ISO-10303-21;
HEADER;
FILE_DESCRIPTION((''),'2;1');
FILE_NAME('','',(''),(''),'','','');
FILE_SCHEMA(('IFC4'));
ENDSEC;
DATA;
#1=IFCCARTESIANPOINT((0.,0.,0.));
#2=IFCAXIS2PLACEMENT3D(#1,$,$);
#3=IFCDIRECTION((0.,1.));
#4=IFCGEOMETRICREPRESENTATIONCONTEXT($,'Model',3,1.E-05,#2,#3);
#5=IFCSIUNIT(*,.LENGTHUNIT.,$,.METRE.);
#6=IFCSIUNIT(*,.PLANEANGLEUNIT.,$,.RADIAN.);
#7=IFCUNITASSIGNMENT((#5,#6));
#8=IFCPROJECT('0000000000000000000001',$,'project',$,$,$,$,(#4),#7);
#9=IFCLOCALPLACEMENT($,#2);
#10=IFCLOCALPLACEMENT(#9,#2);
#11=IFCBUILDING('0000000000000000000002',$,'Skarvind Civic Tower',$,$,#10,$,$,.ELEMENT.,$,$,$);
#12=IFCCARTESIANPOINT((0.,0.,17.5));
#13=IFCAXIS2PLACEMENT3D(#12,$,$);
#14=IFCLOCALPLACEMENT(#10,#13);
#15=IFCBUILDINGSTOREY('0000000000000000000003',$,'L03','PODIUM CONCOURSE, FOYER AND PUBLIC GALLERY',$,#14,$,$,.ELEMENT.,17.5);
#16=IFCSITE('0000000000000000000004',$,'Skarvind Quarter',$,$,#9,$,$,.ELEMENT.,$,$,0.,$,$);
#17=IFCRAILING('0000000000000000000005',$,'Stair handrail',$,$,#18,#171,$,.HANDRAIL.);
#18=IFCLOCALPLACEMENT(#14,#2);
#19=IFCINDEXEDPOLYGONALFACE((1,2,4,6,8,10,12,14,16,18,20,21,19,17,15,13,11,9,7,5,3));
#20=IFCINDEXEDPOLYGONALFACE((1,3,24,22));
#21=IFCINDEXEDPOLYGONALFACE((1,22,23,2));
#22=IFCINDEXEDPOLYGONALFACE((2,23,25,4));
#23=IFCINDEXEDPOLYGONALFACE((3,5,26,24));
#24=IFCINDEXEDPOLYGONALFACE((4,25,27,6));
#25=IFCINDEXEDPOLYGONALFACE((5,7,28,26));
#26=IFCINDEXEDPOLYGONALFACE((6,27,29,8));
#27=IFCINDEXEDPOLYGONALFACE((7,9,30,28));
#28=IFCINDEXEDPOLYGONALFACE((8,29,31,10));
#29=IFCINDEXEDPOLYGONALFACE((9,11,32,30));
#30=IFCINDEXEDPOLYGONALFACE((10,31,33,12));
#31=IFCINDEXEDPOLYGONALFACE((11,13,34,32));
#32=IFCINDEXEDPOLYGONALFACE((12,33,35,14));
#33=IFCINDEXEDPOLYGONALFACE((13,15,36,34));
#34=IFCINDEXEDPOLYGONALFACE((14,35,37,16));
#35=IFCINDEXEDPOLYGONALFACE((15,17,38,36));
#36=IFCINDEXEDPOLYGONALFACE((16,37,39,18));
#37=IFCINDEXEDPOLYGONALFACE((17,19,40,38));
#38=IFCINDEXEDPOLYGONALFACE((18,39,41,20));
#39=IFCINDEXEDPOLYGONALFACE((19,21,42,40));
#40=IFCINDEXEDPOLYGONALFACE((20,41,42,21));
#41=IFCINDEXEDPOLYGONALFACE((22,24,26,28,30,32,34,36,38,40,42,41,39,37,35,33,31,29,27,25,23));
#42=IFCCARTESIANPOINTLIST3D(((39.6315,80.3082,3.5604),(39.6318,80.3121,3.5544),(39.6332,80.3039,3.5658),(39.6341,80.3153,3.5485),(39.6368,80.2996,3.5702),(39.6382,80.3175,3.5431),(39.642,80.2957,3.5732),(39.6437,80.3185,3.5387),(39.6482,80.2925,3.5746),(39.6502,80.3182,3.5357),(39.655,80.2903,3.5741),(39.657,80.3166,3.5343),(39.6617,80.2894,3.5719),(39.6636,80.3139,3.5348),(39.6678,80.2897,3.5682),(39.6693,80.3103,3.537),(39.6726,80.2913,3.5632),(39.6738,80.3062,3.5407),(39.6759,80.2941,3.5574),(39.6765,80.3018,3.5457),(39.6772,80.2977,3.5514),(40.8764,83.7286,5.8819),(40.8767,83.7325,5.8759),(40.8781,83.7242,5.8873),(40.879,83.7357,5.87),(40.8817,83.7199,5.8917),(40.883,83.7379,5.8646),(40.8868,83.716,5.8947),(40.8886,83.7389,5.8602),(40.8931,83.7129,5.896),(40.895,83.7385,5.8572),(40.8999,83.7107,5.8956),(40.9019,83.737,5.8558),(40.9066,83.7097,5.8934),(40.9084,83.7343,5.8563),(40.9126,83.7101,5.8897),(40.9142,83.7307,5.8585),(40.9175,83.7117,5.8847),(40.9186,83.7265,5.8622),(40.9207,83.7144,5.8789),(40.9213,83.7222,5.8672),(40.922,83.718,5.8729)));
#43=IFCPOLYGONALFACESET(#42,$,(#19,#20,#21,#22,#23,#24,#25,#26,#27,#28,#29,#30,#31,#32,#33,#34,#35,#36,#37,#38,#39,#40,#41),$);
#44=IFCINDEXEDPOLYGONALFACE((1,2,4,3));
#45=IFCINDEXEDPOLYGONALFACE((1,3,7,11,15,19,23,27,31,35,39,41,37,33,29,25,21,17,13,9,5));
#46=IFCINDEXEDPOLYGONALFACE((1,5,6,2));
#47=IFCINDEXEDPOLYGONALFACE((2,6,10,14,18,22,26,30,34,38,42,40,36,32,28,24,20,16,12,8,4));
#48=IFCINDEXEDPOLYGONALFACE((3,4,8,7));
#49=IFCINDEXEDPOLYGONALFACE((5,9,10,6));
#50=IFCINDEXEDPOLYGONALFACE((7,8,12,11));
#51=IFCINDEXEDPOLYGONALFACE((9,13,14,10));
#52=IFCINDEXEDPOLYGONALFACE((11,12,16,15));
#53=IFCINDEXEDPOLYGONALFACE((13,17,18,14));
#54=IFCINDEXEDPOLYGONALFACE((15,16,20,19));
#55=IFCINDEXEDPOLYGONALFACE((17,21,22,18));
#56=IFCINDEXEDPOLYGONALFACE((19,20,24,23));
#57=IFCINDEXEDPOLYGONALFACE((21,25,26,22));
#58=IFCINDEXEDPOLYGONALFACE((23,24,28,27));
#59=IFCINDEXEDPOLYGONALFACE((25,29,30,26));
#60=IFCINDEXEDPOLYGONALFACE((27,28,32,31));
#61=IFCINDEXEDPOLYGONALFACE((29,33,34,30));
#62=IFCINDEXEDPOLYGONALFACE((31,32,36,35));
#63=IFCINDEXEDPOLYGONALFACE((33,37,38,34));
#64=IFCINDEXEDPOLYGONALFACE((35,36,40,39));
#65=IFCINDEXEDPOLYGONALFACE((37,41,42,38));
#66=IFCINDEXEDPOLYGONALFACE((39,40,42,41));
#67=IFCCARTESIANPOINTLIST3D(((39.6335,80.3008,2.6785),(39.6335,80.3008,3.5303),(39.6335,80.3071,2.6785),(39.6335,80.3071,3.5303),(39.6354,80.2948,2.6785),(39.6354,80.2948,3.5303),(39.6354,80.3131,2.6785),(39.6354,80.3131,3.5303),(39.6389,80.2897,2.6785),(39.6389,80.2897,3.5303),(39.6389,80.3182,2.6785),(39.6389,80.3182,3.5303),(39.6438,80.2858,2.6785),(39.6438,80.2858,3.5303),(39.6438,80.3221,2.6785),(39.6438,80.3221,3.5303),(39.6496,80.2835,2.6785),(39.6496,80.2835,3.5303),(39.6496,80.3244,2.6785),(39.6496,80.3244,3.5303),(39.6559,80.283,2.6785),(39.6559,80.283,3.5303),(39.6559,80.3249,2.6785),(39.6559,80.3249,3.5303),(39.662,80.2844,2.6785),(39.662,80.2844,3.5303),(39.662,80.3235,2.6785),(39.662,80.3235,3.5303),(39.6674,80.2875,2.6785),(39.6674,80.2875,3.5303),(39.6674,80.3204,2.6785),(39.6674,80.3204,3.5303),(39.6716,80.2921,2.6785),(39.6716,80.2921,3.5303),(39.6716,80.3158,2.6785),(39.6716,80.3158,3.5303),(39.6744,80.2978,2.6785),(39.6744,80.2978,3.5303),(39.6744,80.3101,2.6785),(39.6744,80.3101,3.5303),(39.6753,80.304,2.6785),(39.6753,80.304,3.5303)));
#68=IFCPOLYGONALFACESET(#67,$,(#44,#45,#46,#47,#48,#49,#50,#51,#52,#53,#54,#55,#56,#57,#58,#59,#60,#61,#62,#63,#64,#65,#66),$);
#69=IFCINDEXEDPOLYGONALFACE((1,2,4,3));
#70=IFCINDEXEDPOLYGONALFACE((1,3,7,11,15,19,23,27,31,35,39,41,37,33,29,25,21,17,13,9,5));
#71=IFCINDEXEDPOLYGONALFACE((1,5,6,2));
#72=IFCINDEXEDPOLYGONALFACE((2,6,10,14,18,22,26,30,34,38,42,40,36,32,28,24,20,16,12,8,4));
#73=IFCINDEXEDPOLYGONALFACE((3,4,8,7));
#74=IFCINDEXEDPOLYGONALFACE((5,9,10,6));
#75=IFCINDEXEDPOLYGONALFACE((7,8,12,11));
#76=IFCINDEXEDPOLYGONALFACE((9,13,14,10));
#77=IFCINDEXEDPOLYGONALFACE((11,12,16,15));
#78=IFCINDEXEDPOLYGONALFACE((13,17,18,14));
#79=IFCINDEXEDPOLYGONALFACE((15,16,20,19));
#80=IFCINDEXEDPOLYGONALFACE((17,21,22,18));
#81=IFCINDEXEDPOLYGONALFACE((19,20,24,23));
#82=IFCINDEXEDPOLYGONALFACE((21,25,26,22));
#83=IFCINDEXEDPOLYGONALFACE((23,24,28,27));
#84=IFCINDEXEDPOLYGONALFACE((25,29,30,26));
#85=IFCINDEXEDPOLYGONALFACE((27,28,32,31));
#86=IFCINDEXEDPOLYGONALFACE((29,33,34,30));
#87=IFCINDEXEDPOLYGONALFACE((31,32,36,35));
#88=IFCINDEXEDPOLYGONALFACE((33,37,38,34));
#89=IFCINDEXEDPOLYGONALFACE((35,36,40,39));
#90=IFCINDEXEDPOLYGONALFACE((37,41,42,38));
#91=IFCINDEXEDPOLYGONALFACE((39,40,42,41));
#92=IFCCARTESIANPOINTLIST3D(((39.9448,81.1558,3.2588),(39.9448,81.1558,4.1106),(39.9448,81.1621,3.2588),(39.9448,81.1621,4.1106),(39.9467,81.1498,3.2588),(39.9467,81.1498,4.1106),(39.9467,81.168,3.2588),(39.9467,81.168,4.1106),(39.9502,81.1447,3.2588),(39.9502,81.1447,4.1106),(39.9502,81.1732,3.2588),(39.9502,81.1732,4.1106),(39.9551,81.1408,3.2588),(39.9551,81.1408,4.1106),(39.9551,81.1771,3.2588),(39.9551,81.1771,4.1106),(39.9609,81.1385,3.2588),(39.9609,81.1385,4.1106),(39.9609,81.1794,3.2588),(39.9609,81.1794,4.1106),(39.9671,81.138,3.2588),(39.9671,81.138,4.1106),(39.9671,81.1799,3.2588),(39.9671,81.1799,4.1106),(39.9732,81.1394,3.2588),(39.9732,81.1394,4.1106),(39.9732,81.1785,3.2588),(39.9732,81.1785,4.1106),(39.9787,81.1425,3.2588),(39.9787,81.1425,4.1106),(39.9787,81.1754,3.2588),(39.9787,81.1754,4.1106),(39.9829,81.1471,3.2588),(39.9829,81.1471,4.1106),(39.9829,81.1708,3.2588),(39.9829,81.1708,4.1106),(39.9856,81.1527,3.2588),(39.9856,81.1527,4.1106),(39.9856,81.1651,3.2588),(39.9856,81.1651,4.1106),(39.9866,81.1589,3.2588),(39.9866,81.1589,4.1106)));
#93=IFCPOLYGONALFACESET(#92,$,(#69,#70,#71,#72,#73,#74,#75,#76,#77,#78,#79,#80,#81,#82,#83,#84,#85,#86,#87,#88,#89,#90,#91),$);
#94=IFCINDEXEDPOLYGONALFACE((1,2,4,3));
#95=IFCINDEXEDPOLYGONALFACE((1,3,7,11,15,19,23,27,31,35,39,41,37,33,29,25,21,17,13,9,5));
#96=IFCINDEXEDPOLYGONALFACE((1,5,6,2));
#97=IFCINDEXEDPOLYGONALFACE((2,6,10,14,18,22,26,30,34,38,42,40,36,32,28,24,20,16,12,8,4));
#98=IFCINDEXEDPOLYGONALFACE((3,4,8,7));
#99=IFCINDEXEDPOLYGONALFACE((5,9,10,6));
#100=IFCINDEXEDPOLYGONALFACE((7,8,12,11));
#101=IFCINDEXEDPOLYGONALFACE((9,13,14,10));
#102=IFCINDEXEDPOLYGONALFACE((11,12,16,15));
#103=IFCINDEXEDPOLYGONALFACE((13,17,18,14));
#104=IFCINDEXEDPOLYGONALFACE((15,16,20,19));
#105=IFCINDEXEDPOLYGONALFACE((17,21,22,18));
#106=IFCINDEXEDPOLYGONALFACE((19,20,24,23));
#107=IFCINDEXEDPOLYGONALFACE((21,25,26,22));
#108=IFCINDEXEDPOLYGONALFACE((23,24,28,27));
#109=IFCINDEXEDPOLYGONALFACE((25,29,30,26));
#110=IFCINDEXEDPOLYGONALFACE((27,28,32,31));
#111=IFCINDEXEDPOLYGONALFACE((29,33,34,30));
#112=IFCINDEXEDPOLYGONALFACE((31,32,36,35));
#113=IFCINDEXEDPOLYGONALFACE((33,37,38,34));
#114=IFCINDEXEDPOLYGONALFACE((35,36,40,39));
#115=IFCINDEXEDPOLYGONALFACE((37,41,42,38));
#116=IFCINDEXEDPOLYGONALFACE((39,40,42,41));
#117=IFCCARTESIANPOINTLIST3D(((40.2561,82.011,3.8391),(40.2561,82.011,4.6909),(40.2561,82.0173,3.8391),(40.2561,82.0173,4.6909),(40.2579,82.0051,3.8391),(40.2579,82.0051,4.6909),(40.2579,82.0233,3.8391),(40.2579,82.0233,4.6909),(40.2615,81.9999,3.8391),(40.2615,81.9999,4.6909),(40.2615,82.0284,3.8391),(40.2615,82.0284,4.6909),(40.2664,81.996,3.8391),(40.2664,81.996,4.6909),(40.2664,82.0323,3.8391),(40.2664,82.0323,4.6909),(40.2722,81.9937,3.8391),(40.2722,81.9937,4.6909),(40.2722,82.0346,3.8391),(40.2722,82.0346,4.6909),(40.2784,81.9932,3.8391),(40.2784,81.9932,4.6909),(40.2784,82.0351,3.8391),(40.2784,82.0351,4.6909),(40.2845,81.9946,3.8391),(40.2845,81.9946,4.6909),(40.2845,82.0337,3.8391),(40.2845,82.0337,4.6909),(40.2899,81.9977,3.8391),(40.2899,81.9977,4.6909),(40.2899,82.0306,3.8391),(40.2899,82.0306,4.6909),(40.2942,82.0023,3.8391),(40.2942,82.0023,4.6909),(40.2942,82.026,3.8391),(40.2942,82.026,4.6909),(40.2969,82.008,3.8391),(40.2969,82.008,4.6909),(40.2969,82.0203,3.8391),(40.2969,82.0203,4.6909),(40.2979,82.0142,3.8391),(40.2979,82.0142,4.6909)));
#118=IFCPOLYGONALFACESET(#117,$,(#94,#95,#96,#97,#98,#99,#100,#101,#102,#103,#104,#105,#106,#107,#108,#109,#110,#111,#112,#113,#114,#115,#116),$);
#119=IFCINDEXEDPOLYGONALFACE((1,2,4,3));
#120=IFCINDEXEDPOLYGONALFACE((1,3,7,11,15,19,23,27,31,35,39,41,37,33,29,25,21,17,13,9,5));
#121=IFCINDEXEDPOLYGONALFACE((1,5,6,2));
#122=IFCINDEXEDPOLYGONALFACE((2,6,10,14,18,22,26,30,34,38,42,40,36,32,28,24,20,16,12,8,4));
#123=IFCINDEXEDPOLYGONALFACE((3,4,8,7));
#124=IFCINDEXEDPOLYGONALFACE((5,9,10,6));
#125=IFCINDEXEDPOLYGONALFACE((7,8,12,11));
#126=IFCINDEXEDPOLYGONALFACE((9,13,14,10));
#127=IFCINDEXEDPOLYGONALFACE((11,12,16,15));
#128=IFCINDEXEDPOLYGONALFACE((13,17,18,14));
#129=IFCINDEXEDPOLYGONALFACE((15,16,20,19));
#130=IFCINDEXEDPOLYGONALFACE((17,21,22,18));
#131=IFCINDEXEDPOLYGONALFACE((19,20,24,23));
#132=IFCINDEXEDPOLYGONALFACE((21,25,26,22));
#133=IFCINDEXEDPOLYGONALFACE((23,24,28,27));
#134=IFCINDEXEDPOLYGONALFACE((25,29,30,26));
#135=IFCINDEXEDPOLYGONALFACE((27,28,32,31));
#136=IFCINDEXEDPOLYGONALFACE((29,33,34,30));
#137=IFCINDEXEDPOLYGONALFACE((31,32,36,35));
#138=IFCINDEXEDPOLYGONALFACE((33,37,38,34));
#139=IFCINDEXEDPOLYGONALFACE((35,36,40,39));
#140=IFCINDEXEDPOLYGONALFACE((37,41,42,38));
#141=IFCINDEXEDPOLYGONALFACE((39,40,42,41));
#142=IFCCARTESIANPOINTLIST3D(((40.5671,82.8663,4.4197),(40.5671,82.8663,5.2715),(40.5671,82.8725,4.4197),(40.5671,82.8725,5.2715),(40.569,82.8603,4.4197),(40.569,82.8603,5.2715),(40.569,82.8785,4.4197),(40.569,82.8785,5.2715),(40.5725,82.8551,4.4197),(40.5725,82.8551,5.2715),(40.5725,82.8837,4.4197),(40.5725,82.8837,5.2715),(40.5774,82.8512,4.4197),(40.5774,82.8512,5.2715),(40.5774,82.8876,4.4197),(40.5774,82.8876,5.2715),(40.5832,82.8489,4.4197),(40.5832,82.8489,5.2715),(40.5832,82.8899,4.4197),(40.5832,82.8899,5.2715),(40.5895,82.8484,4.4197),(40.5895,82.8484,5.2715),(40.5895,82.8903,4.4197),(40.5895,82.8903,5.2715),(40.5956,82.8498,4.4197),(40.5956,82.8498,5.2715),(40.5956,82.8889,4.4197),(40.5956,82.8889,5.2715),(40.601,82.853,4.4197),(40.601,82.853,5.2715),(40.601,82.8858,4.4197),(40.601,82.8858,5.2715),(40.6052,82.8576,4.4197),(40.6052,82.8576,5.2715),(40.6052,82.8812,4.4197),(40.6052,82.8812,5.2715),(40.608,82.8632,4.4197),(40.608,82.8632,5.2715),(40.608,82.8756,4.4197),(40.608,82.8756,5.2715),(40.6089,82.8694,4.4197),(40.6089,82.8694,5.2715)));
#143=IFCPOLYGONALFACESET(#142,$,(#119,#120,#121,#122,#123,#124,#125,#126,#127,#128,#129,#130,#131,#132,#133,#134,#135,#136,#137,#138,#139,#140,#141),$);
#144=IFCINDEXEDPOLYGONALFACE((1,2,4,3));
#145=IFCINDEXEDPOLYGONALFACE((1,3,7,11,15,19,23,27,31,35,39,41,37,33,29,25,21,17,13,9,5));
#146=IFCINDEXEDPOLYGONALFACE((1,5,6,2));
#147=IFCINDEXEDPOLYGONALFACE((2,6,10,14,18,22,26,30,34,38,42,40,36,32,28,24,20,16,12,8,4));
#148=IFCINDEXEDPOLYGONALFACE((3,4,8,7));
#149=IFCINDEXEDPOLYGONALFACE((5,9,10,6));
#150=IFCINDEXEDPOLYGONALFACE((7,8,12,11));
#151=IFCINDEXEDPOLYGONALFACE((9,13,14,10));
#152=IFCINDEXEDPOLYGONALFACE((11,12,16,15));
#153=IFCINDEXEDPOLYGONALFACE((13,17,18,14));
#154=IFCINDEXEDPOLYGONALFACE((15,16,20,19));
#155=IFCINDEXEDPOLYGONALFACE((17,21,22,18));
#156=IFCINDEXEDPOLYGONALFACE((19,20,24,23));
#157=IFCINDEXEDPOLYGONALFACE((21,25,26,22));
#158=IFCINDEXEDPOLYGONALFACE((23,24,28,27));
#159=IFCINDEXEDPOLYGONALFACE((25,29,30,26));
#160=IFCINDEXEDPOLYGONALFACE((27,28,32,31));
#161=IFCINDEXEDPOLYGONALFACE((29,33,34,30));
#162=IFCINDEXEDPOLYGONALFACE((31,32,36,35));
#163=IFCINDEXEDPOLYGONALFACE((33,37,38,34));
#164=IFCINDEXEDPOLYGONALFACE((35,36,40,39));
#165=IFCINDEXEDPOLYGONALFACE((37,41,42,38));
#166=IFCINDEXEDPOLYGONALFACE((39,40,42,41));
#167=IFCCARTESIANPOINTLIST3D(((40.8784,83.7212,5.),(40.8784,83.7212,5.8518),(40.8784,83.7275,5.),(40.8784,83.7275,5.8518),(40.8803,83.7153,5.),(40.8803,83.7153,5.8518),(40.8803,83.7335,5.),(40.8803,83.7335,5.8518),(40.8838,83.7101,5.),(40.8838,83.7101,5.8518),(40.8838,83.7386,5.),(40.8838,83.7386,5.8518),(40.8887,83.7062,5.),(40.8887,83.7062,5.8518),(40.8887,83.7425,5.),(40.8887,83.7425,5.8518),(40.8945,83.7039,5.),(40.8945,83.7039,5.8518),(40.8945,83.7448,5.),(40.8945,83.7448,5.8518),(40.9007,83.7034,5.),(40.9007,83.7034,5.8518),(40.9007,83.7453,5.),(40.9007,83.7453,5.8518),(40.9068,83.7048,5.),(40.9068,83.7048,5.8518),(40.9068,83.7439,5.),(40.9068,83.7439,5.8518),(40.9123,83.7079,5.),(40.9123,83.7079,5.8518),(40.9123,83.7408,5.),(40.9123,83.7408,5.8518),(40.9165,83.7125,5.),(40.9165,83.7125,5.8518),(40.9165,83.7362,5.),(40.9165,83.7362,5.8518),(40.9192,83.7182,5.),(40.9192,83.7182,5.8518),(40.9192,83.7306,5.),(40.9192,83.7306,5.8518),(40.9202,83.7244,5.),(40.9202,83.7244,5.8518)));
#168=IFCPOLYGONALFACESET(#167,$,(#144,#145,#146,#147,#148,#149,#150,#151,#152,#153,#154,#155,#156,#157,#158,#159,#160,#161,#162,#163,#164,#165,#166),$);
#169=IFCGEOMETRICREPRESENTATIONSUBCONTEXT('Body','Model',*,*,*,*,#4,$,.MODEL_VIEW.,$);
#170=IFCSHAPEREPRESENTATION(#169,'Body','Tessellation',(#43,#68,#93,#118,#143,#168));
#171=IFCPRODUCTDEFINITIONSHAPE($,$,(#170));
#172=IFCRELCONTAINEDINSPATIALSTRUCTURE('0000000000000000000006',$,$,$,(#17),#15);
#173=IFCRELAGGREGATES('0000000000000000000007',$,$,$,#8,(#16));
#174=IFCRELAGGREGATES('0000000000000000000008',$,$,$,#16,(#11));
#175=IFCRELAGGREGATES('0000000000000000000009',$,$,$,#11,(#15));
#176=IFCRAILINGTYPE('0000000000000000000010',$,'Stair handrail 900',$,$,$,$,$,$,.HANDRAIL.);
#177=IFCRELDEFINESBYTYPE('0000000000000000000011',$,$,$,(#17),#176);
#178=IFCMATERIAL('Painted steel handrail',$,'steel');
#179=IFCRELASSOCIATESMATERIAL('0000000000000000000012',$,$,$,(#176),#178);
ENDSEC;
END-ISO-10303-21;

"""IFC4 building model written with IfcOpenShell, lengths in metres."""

from ifc_helpers import new_model, si_unit, direction, frame, origin, origin_2d, place, context, subcontext, project, spatial, circle, extrude, material, type_object, element, save


model = new_model("IFC4")

# Units and contexts
model_context = context("Model", 3, precision=1e-05, world=origin(), true_north=direction((0.0, 1.0)))
body_context = subcontext(model_context, "Body", "Model", "MODEL_VIEW")
ifc_project = project(units=[si_unit("LENGTHUNIT", "METRE"), si_unit("PLANEANGLEUNIT", "RADIAN")], contexts=[model_context])

# Site, building, storey
site_placement = place(None, origin())
site = spatial("IfcSite", under=ifc_project, at=site_placement, Name="Skarvind Quarter", CompositionType="ELEMENT", RefElevation=0.0)
building_placement = place(site_placement, origin())
building = spatial("IfcBuilding", under=site, at=building_placement, Name="Skarvind Civic Tower", CompositionType="ELEMENT")
storey_placement = place(building_placement, frame((0.0, 0.0, 17.5)))
storey = spatial("IfcBuildingStorey", under=building, at=storey_placement, Name="L03", Description="PODIUM CONCOURSE, FOYER AND PUBLIC GALLERY", CompositionType="ELEMENT", Elevation=17.5)

# Railing
ifc_material_1 = material(Name="Painted steel handrail", Category="steel")
railing_type = type_object("IfcRailingType", Name="Stair handrail 900", PredefinedType="HANDRAIL", material=ifc_material_1)
railing_placement = place(storey_placement, frame((39.6543, 80.304, 2.6785)))
element("IfcRailing", 1, at=railing_placement, inside=storey, type_object=railing_type, Name="Stair handrail", PredefinedType="HANDRAIL", context=body_context, shape_type="SweptSolid", body=[
    extrude(circle(Radius=0.0239, at=origin_2d()), frame((0.0, 0.0, 0.876), z_axis=(0.28835, 0.792271, 0.537737), x_axis=(-0.939697, 0.342007, 0.0)), (0.0, 0.0, 1.0), 4.3171),
    extrude(circle(Radius=0.021, at=origin_2d()), origin(), (0.0, 0.0, 1.0), 0.8518),
    extrude(circle(Radius=0.021, at=origin_2d()), frame((0.3113, 0.855, 0.5803)), (0.0, 0.0, 1.0), 0.8518),
    extrude(circle(Radius=0.021, at=origin_2d()), frame((0.6226, 1.7102, 1.1606)), (0.0, 0.0, 1.0), 0.8518),
    extrude(circle(Radius=0.021, at=origin_2d()), frame((0.9336, 2.5654, 1.7412)), (0.0, 0.0, 1.0), 0.8518),
    extrude(circle(Radius=0.021, at=origin_2d()), frame((1.2449, 3.4204, 2.3215)), (0.0, 0.0, 1.0), 0.8518),
])

save(model, "model.ifc")
